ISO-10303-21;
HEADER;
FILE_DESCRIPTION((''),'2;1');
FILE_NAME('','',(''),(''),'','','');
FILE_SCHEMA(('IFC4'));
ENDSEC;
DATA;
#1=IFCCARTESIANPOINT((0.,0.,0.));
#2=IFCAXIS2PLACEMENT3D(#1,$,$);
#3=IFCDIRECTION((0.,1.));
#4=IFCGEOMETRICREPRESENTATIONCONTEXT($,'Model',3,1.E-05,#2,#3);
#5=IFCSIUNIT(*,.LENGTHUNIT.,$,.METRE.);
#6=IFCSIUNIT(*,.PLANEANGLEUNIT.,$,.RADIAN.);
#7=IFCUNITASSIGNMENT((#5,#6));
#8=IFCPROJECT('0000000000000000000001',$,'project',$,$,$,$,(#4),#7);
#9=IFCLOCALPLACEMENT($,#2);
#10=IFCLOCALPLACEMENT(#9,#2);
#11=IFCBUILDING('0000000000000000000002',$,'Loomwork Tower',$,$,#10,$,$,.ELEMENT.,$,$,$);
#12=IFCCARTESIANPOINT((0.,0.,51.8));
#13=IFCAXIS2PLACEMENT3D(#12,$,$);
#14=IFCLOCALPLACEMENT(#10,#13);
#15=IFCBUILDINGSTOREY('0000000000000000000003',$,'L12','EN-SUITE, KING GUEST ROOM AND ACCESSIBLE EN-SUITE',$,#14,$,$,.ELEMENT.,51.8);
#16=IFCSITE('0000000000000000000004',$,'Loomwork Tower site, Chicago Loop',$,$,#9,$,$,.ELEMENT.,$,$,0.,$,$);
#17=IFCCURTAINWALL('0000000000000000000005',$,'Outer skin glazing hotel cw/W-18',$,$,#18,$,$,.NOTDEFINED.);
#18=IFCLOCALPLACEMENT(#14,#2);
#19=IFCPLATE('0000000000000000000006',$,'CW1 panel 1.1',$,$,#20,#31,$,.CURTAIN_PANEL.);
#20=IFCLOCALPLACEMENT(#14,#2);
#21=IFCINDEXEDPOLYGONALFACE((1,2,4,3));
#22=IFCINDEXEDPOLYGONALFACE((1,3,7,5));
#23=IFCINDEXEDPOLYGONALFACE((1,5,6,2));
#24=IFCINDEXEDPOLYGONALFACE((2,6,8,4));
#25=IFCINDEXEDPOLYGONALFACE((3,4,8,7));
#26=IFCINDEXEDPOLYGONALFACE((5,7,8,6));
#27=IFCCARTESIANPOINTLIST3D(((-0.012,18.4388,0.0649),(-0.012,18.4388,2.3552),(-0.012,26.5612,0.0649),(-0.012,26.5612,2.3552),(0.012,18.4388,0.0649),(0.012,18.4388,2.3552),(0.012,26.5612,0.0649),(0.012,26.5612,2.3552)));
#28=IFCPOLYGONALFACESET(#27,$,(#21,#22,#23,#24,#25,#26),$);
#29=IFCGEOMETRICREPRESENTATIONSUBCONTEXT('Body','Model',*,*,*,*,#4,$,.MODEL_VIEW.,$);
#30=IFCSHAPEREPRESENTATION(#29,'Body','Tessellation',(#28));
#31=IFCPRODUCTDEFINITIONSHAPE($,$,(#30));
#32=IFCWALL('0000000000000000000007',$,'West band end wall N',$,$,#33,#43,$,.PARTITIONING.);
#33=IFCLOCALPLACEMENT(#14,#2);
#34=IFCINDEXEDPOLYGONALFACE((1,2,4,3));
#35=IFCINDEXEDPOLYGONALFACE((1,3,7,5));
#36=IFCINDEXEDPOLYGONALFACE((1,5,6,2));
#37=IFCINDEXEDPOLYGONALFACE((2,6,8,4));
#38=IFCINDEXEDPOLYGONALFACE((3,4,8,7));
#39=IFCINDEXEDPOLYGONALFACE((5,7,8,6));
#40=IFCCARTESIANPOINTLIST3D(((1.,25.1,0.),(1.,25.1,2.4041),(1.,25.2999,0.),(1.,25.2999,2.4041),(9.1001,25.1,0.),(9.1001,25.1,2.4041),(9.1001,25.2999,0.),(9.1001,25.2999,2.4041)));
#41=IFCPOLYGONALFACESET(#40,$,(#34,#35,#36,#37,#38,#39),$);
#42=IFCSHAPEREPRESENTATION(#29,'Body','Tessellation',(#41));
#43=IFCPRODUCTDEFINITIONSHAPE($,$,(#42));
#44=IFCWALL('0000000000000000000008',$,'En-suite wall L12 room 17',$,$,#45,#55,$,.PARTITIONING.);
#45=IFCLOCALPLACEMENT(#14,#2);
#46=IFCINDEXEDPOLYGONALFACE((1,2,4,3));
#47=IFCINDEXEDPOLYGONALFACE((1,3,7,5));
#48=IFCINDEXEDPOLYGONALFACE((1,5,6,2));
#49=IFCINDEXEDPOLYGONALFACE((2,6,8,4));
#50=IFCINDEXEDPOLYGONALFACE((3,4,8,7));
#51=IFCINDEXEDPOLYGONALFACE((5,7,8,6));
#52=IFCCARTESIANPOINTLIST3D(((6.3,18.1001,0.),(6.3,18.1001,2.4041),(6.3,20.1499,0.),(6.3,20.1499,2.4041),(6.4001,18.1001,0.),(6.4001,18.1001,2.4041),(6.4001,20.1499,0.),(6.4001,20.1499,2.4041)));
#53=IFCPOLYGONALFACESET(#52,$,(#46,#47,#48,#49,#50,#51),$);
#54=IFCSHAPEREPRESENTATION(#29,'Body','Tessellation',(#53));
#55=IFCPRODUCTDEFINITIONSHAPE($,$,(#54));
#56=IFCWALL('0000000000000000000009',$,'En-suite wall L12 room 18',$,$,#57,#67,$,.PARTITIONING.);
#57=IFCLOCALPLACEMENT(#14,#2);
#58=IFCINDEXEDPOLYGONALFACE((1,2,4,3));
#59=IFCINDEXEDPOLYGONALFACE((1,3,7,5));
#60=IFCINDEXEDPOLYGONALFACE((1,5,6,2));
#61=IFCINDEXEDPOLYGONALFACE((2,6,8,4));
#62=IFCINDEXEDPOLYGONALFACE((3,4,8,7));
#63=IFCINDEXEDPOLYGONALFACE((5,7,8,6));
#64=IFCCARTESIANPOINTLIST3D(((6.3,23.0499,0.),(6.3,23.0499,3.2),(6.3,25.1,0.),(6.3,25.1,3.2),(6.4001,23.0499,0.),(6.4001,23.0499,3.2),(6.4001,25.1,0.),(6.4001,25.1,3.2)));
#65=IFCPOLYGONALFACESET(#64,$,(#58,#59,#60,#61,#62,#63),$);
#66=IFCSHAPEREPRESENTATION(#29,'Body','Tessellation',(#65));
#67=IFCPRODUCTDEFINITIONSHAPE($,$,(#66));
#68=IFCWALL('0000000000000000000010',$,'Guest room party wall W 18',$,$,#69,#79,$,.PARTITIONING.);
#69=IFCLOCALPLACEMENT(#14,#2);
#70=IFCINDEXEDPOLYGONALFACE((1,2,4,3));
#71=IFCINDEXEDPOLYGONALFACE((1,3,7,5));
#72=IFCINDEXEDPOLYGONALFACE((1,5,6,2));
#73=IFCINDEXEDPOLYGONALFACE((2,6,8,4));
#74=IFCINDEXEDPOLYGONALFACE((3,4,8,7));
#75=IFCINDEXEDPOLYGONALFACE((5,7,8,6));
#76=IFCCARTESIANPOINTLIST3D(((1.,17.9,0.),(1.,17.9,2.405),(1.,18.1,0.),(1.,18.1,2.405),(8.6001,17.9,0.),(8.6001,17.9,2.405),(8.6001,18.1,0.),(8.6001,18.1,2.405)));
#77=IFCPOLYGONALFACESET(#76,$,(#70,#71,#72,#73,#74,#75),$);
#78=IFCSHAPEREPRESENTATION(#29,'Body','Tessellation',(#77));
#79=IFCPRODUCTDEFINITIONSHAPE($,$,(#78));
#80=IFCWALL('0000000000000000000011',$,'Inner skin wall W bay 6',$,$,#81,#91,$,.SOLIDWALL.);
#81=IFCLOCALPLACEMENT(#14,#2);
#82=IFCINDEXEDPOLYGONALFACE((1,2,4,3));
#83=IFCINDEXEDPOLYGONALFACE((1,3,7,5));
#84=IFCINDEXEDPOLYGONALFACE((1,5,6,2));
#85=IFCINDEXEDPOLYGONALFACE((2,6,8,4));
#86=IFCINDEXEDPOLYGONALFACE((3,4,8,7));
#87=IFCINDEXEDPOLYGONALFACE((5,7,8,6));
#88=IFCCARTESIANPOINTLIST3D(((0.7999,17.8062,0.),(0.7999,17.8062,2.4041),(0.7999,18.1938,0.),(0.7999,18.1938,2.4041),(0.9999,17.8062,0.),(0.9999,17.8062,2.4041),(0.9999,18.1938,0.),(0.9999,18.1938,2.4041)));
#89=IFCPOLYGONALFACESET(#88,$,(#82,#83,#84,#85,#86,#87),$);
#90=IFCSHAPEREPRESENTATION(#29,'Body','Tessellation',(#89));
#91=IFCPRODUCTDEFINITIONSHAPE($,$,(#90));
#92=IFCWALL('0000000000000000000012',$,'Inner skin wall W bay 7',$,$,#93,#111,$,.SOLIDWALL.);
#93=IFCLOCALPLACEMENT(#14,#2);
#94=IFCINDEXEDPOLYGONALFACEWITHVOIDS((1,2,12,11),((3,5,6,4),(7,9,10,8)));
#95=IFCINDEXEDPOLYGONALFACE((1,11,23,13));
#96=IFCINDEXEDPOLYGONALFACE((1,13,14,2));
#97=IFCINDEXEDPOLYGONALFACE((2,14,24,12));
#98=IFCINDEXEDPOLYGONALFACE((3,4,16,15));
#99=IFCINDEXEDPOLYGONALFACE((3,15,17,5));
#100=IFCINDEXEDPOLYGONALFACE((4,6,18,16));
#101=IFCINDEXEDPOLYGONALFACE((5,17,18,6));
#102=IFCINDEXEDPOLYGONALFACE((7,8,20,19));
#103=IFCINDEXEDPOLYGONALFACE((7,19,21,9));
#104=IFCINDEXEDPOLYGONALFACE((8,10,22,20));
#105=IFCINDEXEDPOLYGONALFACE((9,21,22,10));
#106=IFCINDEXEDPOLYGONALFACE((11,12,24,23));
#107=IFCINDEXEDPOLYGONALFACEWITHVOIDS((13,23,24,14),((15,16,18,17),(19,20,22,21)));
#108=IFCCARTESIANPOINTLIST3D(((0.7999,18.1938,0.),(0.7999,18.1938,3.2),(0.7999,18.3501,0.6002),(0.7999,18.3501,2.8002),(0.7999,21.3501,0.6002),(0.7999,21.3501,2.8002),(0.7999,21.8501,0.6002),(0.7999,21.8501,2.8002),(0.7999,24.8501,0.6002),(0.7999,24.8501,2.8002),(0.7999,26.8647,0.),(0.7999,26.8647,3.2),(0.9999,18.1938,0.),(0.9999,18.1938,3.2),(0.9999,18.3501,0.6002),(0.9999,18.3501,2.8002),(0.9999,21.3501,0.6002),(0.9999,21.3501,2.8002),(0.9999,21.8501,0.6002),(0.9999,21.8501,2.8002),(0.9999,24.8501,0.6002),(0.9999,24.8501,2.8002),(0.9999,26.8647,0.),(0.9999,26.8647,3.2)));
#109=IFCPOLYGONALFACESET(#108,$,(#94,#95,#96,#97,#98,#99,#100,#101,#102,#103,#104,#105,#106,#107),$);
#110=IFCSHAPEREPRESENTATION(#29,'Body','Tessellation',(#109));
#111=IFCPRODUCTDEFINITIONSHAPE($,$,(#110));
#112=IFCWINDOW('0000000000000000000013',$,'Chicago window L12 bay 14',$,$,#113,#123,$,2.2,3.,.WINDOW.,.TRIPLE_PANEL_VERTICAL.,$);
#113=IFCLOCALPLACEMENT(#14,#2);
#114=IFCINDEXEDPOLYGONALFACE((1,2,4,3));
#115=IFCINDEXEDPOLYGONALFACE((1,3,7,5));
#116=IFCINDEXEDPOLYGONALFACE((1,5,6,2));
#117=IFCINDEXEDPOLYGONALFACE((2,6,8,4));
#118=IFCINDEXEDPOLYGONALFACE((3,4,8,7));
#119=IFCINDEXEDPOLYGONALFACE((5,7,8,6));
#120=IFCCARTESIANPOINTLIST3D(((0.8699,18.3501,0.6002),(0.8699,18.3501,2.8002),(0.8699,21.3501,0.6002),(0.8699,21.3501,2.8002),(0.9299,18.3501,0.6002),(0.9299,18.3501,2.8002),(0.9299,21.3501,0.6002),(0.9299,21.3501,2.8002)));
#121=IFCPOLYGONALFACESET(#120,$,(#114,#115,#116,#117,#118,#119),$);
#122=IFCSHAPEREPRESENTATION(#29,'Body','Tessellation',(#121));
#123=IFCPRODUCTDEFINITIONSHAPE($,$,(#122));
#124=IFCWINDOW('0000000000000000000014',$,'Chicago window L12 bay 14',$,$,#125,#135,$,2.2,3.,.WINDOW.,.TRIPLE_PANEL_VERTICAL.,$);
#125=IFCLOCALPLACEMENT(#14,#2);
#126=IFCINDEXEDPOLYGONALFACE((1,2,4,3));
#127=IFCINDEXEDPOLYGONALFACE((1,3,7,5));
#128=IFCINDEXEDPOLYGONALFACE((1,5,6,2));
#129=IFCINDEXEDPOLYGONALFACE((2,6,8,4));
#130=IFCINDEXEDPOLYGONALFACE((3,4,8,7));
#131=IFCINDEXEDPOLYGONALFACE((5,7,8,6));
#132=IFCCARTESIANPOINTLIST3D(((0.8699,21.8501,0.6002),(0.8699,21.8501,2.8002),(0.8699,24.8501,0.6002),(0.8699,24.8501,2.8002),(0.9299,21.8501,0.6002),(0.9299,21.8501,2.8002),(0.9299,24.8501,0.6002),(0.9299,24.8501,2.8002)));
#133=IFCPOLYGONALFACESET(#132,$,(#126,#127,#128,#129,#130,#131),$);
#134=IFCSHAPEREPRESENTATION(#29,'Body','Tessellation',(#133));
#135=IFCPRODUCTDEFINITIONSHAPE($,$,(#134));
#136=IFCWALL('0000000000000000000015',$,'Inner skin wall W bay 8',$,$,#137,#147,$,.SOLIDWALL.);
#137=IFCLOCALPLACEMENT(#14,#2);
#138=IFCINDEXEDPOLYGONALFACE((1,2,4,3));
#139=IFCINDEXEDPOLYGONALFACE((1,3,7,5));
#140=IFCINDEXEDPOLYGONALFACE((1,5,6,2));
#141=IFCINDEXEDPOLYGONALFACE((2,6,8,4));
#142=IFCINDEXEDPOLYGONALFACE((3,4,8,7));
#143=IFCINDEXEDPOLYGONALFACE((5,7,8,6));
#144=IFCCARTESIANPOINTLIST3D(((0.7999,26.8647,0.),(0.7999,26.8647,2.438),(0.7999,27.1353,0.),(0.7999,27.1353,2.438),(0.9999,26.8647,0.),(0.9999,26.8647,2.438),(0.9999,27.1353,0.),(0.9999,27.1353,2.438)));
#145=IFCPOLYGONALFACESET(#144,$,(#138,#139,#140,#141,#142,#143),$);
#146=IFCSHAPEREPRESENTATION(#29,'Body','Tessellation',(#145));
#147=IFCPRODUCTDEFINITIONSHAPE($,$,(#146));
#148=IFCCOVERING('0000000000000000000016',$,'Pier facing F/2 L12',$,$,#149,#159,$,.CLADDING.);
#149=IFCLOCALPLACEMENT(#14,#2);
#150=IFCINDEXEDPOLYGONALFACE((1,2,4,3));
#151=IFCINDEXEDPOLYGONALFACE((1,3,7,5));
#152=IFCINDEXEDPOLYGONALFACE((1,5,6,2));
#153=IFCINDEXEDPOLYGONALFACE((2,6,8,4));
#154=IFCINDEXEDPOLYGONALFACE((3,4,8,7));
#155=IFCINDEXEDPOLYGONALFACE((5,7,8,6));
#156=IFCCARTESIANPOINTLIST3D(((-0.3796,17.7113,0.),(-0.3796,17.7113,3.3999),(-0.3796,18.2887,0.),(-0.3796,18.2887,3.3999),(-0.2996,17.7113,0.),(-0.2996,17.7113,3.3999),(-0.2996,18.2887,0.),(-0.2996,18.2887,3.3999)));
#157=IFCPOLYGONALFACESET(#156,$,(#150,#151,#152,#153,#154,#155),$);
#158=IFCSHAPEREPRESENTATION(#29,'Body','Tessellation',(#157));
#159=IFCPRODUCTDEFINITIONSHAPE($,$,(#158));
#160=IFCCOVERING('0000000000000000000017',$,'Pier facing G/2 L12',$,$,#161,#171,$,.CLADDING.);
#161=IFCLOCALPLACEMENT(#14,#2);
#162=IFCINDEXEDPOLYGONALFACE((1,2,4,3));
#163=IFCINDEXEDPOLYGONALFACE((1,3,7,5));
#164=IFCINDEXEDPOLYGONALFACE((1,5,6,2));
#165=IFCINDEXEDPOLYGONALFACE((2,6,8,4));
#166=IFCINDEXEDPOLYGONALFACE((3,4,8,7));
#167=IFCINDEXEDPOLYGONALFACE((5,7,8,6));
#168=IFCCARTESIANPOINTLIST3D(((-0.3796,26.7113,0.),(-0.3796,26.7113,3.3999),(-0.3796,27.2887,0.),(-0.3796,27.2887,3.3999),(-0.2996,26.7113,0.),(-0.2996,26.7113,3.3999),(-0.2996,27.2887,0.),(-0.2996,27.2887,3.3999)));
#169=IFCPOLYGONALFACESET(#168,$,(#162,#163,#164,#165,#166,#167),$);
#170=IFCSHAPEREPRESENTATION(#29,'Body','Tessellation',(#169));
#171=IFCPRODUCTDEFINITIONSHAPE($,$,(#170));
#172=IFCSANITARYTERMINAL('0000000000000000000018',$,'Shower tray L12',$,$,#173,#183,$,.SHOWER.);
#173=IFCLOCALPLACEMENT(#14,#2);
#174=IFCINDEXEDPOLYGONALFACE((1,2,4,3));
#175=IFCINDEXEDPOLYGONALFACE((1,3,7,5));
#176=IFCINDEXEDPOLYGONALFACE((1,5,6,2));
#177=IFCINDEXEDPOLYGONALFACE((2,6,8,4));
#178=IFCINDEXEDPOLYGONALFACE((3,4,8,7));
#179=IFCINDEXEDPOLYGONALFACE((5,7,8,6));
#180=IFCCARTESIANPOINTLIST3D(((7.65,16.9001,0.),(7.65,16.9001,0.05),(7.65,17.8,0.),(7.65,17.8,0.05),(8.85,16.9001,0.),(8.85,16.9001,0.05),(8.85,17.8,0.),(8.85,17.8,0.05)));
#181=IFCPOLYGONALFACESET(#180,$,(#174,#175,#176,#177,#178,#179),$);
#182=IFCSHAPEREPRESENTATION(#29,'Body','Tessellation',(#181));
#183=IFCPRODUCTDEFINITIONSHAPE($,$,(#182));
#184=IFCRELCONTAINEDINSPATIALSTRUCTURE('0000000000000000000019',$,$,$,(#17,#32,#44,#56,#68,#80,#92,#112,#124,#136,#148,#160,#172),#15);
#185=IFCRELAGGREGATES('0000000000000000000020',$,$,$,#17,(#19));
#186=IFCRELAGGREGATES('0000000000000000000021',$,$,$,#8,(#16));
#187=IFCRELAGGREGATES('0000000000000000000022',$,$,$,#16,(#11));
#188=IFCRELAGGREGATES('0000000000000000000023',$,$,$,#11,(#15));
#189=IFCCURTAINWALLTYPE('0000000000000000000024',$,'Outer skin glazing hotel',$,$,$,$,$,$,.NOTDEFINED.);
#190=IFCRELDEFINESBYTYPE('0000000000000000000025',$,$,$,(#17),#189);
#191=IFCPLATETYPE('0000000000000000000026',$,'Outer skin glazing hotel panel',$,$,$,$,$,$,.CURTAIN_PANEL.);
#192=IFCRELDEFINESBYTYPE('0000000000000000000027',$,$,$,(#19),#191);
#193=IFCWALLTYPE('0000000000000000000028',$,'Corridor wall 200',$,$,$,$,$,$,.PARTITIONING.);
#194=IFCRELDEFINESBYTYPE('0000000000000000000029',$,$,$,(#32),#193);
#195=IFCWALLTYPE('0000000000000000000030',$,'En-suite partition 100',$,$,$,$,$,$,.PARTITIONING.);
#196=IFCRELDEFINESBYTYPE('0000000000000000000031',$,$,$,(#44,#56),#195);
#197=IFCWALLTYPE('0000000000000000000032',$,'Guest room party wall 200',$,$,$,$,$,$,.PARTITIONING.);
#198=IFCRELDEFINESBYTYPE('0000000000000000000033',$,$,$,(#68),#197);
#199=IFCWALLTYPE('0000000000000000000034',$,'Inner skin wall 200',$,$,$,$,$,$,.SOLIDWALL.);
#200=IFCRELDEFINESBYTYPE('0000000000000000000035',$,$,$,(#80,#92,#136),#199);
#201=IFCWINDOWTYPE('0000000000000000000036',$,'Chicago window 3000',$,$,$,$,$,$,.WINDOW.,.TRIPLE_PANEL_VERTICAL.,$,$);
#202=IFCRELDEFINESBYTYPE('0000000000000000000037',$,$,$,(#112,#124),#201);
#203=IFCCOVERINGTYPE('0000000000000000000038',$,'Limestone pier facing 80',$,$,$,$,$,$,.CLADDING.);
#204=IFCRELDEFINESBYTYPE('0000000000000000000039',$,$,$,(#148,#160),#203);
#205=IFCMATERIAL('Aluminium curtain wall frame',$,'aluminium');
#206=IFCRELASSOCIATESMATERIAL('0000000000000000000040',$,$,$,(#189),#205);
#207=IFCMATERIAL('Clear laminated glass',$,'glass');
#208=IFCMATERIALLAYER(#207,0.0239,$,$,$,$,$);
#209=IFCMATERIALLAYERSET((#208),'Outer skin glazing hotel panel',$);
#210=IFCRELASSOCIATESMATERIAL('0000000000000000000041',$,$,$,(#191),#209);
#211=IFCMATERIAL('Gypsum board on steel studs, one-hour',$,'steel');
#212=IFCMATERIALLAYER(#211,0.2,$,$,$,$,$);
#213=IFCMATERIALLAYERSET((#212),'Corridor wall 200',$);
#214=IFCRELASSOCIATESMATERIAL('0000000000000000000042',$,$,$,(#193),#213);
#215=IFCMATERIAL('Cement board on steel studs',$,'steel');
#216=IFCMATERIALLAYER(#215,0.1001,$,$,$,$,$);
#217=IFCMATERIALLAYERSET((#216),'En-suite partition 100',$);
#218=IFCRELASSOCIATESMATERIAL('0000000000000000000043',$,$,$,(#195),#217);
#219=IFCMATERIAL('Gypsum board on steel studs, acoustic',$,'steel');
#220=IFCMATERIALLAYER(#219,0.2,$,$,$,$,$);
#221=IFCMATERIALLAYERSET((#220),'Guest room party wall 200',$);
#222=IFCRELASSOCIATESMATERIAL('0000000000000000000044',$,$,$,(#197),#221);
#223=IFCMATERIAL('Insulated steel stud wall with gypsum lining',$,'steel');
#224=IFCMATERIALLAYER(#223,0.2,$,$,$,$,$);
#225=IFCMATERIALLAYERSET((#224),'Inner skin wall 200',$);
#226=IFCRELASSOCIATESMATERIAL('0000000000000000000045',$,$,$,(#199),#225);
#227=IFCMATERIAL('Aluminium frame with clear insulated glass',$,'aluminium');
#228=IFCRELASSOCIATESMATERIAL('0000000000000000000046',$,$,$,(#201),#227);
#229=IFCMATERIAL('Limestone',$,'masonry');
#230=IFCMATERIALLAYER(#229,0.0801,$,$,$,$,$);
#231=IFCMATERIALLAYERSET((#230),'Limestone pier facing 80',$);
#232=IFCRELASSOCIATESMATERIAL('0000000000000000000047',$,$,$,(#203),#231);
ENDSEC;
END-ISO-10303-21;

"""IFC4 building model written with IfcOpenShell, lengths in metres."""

from ifc_helpers import new_model, si_unit, direction, frame, frame_2d, origin, origin_2d, place, context, subcontext, project, spatial, rectangle, extrude, material, layer, layer_set, type_object, element, fill, aggregate, save


model = new_model("IFC4")

# Units and contexts
model_context = context("Model", 3, precision=1e-05, world=origin(), true_north=direction((0.0, 1.0)))
body_context = subcontext(model_context, "Body", "Model", "MODEL_VIEW")
ifc_project = project(units=[si_unit("LENGTHUNIT", "METRE"), si_unit("PLANEANGLEUNIT", "RADIAN")], contexts=[model_context])

# Site, building, storey
site_placement = place(None, origin())
site = spatial("IfcSite", under=ifc_project, at=site_placement, Name="Loomwork Tower site, Chicago Loop", CompositionType="ELEMENT", RefElevation=0.0)
building_placement = place(site_placement, origin())
building = spatial("IfcBuilding", under=site, at=building_placement, Name="Loomwork Tower", CompositionType="ELEMENT")
storey_placement = place(building_placement, frame((0.0, 0.0, 51.8)))
storey = spatial("IfcBuildingStorey", under=building, at=storey_placement, Name="L12", Description="EN-SUITE, KING GUEST ROOM AND ACCESSIBLE EN-SUITE", CompositionType="ELEMENT", Elevation=51.8)

# Shared definitions
ifc_material_1 = material(Name="Aluminium curtain wall frame", Category="aluminium")
curtain_wall_type = type_object("IfcCurtainWallType", Name="Outer skin glazing hotel", PredefinedType="NOTDEFINED", material=ifc_material_1)

# Curtain wall
curtain_wall_1_placement = place(storey_placement, origin())
curtain_wall_1 = element("IfcCurtainWall", 1, at=curtain_wall_1_placement, inside=storey, type_object=curtain_wall_type, Name="Outer skin glazing hotel cw/W-18", PredefinedType="NOTDEFINED")

# Plate
ifc_material_2 = material(Name="Clear laminated glass", Category="glass")
ifc_layer_1 = layer(ifc_material_2, 0.0239)
ifc_layer_set_1 = layer_set([ifc_layer_1], Name="Outer skin glazing hotel panel")
plate_type = type_object("IfcPlateType", Name="Outer skin glazing hotel panel", PredefinedType="CURTAIN_PANEL", material=ifc_layer_set_1)
plate_placement = place(storey_placement, frame((0.0, 22.5, 0.0649), z_axis=(0.0, 0.0, 1.0), x_axis=(0.0, -1.0, 0.0)))
plate = element("IfcPlate", 2, at=plate_placement, type_object=plate_type, Name="CW1 panel 1.1", PredefinedType="CURTAIN_PANEL", context=body_context, shape_type="SweptSolid", body=[
    extrude(rectangle(XDim=8.1223, YDim=0.0239, at=origin_2d()), origin(), (0.0, 0.0, 1.0), 2.2903),
])
aggregate(curtain_wall_1, [plate])

# Walls
ifc_material_3 = material(Name="Gypsum board on steel studs, one-hour", Category="steel")
ifc_layer_2 = layer(ifc_material_3, 0.2)
ifc_layer_set_2 = layer_set([ifc_layer_2], Name="Corridor wall 200")
wall_type_1 = type_object("IfcWallType", Name="Corridor wall 200", PredefinedType="PARTITIONING", material=ifc_layer_set_2)
wall_1_placement = place(storey_placement, frame((1.0, 25.2, 0.0), z_axis=(0.0, 0.0, 1.0), x_axis=(1.0, 0.0, 0.0)))
element("IfcWall", 3, at=wall_1_placement, inside=storey, type_object=wall_type_1, Name="West band end wall N", PredefinedType="PARTITIONING", context=body_context, shape_type="SweptSolid", body=[
    extrude(rectangle(XDim=8.1001, YDim=0.2, at=frame_2d((4.05, 0.0))), origin(), (0.0, 0.0, 1.0), 2.4041),
])
ifc_material_4 = material(Name="Cement board on steel studs", Category="steel")
ifc_layer_3 = layer(ifc_material_4, 0.1001)
ifc_layer_set_3 = layer_set([ifc_layer_3], Name="En-suite partition 100")
wall_type_2 = type_object("IfcWallType", Name="En-suite partition 100", PredefinedType="PARTITIONING", material=ifc_layer_set_3)
wall_2_placement = place(storey_placement, frame((6.3501, 18.1001, 0.0), z_axis=(0.0, 0.0, 1.0), x_axis=(0.0, 1.0, 0.0)))
element("IfcWall", 4, at=wall_2_placement, inside=storey, type_object=wall_type_2, Name="En-suite wall L12 room 17", PredefinedType="PARTITIONING", context=body_context, shape_type="SweptSolid", body=[
    extrude(rectangle(XDim=2.0498, YDim=0.1001, at=frame_2d((1.0249, 0.0))), origin(), (0.0, 0.0, 1.0), 2.4041),
])
wall_3_placement = place(storey_placement, frame((6.3501, 23.05, 0.0), z_axis=(0.0, 0.0, 1.0), x_axis=(0.0, 1.0, 0.0)))
element("IfcWall", 5, at=wall_3_placement, inside=storey, type_object=wall_type_2, Name="En-suite wall L12 room 18", PredefinedType="PARTITIONING", context=body_context, shape_type="SweptSolid", body=[
    extrude(rectangle(XDim=2.05, YDim=0.1001, at=frame_2d((1.0249, 0.0))), origin(), (0.0, 0.0, 1.0), 3.2),
])
ifc_material_5 = material(Name="Gypsum board on steel studs, acoustic", Category="steel")
ifc_layer_4 = layer(ifc_material_5, 0.2)
ifc_layer_set_4 = layer_set([ifc_layer_4], Name="Guest room party wall 200")
wall_type_3 = type_object("IfcWallType", Name="Guest room party wall 200", PredefinedType="PARTITIONING", material=ifc_layer_set_4)
wall_4_placement = place(storey_placement, frame((8.6001, 18.0, 0.0), z_axis=(0.0, 0.0, 1.0), x_axis=(-1.0, 0.0, 0.0)))
element("IfcWall", 6, at=wall_4_placement, inside=storey, type_object=wall_type_3, Name="Guest room party wall W 18", PredefinedType="PARTITIONING", context=body_context, shape_type="SweptSolid", body=[
    extrude(rectangle(XDim=7.6001, YDim=0.2, at=frame_2d((3.8, 0.0))), origin(), (0.0, 0.0, 1.0), 2.405),
])
ifc_material_6 = material(Name="Insulated steel stud wall with gypsum lining", Category="steel")
ifc_layer_5 = layer(ifc_material_6, 0.2)
ifc_layer_set_5 = layer_set([ifc_layer_5], Name="Inner skin wall 200")
wall_type_4 = type_object("IfcWallType", Name="Inner skin wall 200", PredefinedType="SOLIDWALL", material=ifc_layer_set_5)
wall_5_placement = place(storey_placement, frame((0.8999, 17.8062, 0.0), z_axis=(0.0, 0.0, 1.0), x_axis=(0.0, 1.0, 0.0)))
element("IfcWall", 7, at=wall_5_placement, inside=storey, type_object=wall_type_4, Name="Inner skin wall W bay 6", PredefinedType="SOLIDWALL", context=body_context, shape_type="SweptSolid", body=[
    extrude(rectangle(XDim=0.3877, YDim=0.2, at=frame_2d((0.1938, 0.0))), origin(), (0.0, 0.0, 1.0), 2.4041),
])

# Wall, openings, windows
wall_6_placement = place(storey_placement, frame((0.8999, 18.1938, 0.0), z_axis=(0.0, 0.0, 1.0), x_axis=(0.0, 1.0, 0.0)))
wall_6 = element("IfcWall", 8, at=wall_6_placement, inside=storey, type_object=wall_type_4, Name="Inner skin wall W bay 7", PredefinedType="SOLIDWALL", context=body_context, shape_type="SweptSolid", body=[
    extrude(rectangle(XDim=8.6709, YDim=0.2, at=frame_2d((4.3354, 0.0))), origin(), (0.0, 0.0, 1.0), 3.2),
])
opening_1_placement = place(wall_6_placement, frame((0.1562, 0.0, 0.6001)))
opening_1 = element("IfcOpeningElement", 9, at=opening_1_placement, cuts=wall_6, PredefinedType="OPENING", context=body_context, shape_type="SweptSolid", body=[
    extrude(rectangle(XDim=3.0, YDim=2.2, at=frame_2d((1.5, 1.1001))), frame((0.0, 0.1099, 0.0), z_axis=(0.0, -1.0, 0.0), x_axis=(1.0, 0.0, 0.0)), (0.0, 0.0, 1.0), 0.22),
])
opening_2_placement = place(wall_6_placement, frame((3.6562, 0.0, 0.6001)))
opening_2 = element("IfcOpeningElement", 10, at=opening_2_placement, cuts=wall_6, PredefinedType="OPENING", context=body_context, shape_type="SweptSolid", body=[
    extrude(rectangle(XDim=3.0, YDim=2.2, at=frame_2d((1.5, 1.1001))), frame((0.0, 0.1099, 0.0), z_axis=(0.0, -1.0, 0.0), x_axis=(1.0, 0.0, 0.0)), (0.0, 0.0, 1.0), 0.22),
])
ifc_material_7 = material(Name="Aluminium frame with clear insulated glass", Category="aluminium")
window_type = type_object("IfcWindowType", Name="Chicago window 3000", PartitioningType="TRIPLE_PANEL_VERTICAL", PredefinedType="WINDOW", material=ifc_material_7)
window_1_placement = place(opening_1_placement, origin())
window_1 = element("IfcWindow", 11, at=window_1_placement, inside=storey, type_object=window_type, Name="Chicago window L12 bay 14", OverallHeight=2.2, OverallWidth=3.0, PartitioningType="TRIPLE_PANEL_VERTICAL", PredefinedType="WINDOW", context=body_context, shape_type="SweptSolid", body=[
    extrude(rectangle(XDim=3.0, YDim=2.2, at=frame_2d((1.5, 1.1001))), frame((0.0, 0.03, 0.0), z_axis=(0.0, -1.0, 0.0), x_axis=(1.0, 0.0, 0.0)), (0.0, 0.0, 1.0), 0.0601),
])
fill(opening_1, window_1)
window_2_placement = place(opening_2_placement, origin())
window_2 = element("IfcWindow", 12, at=window_2_placement, inside=storey, type_object=window_type, Name="Chicago window L12 bay 14", OverallHeight=2.2, OverallWidth=3.0, PartitioningType="TRIPLE_PANEL_VERTICAL", PredefinedType="WINDOW", context=body_context, shape_type="SweptSolid", body=[
    extrude(rectangle(XDim=3.0, YDim=2.2, at=frame_2d((1.5, 1.1001))), frame((0.0, 0.03, 0.0), z_axis=(0.0, -1.0, 0.0), x_axis=(1.0, 0.0, 0.0)), (0.0, 0.0, 1.0), 0.0601),
])
fill(opening_2, window_2)

# Wall
wall_7_placement = place(storey_placement, frame((0.8999, 26.8647, 0.0), z_axis=(0.0, 0.0, 1.0), x_axis=(0.0, 1.0, 0.0)))
element("IfcWall", 13, at=wall_7_placement, inside=storey, type_object=wall_type_4, Name="Inner skin wall W bay 8", PredefinedType="SOLIDWALL", context=body_context, shape_type="SweptSolid", body=[
    extrude(rectangle(XDim=0.2705, YDim=0.2, at=frame_2d((0.1353, 0.0))), origin(), (0.0, 0.0, 1.0), 2.438),
])

# Coverings
ifc_material_8 = material(Name="Limestone", Category="masonry")
ifc_layer_6 = layer(ifc_material_8, 0.0801)
ifc_layer_set_6 = layer_set([ifc_layer_6], Name="Limestone pier facing 80")
covering_type = type_object("IfcCoveringType", Name="Limestone pier facing 80", PredefinedType="CLADDING", material=ifc_layer_set_6)
for number, where, z_axis, x_axis, name in (
    (14, (-0.3396, 18.0, 0.0), (0.0, 0.0, 1.0), (1.0, 0.0, 0.0), "Pier facing F/2 L12"),
    (15, (-0.3396, 27.0, 0.0), (0.0, 0.0, 1.0), (1.0, 0.0, 0.0), "Pier facing G/2 L12"),
):
    element("IfcCovering", number, at=place(storey_placement, frame(where, z_axis=z_axis, x_axis=x_axis)), inside=storey, type_object=covering_type, Name=name, PredefinedType="CLADDING", context=body_context, shape_type="SweptSolid", body=[
        extrude(rectangle(XDim=0.0801, YDim=0.5774, at=origin_2d()), origin(), (0.0, 0.0, 1.0), 3.3999),
    ])

# Sanitary terminal
sanitary_terminal_1_placement = place(storey_placement, frame((8.25, 17.3501, 0.0), z_axis=(0.0, 0.0, 1.0), x_axis=(1.0, 0.0, 0.0)))
element("IfcSanitaryTerminal", 16, at=sanitary_terminal_1_placement, inside=storey, Name="Shower tray L12", PredefinedType="SHOWER", context=body_context, shape_type="SweptSolid", body=[
    extrude(rectangle(XDim=1.2, YDim=0.8999, at=origin_2d()), origin(), (0.0, 0.0, 1.0), 0.05),
])

save(model, "model.ifc")
